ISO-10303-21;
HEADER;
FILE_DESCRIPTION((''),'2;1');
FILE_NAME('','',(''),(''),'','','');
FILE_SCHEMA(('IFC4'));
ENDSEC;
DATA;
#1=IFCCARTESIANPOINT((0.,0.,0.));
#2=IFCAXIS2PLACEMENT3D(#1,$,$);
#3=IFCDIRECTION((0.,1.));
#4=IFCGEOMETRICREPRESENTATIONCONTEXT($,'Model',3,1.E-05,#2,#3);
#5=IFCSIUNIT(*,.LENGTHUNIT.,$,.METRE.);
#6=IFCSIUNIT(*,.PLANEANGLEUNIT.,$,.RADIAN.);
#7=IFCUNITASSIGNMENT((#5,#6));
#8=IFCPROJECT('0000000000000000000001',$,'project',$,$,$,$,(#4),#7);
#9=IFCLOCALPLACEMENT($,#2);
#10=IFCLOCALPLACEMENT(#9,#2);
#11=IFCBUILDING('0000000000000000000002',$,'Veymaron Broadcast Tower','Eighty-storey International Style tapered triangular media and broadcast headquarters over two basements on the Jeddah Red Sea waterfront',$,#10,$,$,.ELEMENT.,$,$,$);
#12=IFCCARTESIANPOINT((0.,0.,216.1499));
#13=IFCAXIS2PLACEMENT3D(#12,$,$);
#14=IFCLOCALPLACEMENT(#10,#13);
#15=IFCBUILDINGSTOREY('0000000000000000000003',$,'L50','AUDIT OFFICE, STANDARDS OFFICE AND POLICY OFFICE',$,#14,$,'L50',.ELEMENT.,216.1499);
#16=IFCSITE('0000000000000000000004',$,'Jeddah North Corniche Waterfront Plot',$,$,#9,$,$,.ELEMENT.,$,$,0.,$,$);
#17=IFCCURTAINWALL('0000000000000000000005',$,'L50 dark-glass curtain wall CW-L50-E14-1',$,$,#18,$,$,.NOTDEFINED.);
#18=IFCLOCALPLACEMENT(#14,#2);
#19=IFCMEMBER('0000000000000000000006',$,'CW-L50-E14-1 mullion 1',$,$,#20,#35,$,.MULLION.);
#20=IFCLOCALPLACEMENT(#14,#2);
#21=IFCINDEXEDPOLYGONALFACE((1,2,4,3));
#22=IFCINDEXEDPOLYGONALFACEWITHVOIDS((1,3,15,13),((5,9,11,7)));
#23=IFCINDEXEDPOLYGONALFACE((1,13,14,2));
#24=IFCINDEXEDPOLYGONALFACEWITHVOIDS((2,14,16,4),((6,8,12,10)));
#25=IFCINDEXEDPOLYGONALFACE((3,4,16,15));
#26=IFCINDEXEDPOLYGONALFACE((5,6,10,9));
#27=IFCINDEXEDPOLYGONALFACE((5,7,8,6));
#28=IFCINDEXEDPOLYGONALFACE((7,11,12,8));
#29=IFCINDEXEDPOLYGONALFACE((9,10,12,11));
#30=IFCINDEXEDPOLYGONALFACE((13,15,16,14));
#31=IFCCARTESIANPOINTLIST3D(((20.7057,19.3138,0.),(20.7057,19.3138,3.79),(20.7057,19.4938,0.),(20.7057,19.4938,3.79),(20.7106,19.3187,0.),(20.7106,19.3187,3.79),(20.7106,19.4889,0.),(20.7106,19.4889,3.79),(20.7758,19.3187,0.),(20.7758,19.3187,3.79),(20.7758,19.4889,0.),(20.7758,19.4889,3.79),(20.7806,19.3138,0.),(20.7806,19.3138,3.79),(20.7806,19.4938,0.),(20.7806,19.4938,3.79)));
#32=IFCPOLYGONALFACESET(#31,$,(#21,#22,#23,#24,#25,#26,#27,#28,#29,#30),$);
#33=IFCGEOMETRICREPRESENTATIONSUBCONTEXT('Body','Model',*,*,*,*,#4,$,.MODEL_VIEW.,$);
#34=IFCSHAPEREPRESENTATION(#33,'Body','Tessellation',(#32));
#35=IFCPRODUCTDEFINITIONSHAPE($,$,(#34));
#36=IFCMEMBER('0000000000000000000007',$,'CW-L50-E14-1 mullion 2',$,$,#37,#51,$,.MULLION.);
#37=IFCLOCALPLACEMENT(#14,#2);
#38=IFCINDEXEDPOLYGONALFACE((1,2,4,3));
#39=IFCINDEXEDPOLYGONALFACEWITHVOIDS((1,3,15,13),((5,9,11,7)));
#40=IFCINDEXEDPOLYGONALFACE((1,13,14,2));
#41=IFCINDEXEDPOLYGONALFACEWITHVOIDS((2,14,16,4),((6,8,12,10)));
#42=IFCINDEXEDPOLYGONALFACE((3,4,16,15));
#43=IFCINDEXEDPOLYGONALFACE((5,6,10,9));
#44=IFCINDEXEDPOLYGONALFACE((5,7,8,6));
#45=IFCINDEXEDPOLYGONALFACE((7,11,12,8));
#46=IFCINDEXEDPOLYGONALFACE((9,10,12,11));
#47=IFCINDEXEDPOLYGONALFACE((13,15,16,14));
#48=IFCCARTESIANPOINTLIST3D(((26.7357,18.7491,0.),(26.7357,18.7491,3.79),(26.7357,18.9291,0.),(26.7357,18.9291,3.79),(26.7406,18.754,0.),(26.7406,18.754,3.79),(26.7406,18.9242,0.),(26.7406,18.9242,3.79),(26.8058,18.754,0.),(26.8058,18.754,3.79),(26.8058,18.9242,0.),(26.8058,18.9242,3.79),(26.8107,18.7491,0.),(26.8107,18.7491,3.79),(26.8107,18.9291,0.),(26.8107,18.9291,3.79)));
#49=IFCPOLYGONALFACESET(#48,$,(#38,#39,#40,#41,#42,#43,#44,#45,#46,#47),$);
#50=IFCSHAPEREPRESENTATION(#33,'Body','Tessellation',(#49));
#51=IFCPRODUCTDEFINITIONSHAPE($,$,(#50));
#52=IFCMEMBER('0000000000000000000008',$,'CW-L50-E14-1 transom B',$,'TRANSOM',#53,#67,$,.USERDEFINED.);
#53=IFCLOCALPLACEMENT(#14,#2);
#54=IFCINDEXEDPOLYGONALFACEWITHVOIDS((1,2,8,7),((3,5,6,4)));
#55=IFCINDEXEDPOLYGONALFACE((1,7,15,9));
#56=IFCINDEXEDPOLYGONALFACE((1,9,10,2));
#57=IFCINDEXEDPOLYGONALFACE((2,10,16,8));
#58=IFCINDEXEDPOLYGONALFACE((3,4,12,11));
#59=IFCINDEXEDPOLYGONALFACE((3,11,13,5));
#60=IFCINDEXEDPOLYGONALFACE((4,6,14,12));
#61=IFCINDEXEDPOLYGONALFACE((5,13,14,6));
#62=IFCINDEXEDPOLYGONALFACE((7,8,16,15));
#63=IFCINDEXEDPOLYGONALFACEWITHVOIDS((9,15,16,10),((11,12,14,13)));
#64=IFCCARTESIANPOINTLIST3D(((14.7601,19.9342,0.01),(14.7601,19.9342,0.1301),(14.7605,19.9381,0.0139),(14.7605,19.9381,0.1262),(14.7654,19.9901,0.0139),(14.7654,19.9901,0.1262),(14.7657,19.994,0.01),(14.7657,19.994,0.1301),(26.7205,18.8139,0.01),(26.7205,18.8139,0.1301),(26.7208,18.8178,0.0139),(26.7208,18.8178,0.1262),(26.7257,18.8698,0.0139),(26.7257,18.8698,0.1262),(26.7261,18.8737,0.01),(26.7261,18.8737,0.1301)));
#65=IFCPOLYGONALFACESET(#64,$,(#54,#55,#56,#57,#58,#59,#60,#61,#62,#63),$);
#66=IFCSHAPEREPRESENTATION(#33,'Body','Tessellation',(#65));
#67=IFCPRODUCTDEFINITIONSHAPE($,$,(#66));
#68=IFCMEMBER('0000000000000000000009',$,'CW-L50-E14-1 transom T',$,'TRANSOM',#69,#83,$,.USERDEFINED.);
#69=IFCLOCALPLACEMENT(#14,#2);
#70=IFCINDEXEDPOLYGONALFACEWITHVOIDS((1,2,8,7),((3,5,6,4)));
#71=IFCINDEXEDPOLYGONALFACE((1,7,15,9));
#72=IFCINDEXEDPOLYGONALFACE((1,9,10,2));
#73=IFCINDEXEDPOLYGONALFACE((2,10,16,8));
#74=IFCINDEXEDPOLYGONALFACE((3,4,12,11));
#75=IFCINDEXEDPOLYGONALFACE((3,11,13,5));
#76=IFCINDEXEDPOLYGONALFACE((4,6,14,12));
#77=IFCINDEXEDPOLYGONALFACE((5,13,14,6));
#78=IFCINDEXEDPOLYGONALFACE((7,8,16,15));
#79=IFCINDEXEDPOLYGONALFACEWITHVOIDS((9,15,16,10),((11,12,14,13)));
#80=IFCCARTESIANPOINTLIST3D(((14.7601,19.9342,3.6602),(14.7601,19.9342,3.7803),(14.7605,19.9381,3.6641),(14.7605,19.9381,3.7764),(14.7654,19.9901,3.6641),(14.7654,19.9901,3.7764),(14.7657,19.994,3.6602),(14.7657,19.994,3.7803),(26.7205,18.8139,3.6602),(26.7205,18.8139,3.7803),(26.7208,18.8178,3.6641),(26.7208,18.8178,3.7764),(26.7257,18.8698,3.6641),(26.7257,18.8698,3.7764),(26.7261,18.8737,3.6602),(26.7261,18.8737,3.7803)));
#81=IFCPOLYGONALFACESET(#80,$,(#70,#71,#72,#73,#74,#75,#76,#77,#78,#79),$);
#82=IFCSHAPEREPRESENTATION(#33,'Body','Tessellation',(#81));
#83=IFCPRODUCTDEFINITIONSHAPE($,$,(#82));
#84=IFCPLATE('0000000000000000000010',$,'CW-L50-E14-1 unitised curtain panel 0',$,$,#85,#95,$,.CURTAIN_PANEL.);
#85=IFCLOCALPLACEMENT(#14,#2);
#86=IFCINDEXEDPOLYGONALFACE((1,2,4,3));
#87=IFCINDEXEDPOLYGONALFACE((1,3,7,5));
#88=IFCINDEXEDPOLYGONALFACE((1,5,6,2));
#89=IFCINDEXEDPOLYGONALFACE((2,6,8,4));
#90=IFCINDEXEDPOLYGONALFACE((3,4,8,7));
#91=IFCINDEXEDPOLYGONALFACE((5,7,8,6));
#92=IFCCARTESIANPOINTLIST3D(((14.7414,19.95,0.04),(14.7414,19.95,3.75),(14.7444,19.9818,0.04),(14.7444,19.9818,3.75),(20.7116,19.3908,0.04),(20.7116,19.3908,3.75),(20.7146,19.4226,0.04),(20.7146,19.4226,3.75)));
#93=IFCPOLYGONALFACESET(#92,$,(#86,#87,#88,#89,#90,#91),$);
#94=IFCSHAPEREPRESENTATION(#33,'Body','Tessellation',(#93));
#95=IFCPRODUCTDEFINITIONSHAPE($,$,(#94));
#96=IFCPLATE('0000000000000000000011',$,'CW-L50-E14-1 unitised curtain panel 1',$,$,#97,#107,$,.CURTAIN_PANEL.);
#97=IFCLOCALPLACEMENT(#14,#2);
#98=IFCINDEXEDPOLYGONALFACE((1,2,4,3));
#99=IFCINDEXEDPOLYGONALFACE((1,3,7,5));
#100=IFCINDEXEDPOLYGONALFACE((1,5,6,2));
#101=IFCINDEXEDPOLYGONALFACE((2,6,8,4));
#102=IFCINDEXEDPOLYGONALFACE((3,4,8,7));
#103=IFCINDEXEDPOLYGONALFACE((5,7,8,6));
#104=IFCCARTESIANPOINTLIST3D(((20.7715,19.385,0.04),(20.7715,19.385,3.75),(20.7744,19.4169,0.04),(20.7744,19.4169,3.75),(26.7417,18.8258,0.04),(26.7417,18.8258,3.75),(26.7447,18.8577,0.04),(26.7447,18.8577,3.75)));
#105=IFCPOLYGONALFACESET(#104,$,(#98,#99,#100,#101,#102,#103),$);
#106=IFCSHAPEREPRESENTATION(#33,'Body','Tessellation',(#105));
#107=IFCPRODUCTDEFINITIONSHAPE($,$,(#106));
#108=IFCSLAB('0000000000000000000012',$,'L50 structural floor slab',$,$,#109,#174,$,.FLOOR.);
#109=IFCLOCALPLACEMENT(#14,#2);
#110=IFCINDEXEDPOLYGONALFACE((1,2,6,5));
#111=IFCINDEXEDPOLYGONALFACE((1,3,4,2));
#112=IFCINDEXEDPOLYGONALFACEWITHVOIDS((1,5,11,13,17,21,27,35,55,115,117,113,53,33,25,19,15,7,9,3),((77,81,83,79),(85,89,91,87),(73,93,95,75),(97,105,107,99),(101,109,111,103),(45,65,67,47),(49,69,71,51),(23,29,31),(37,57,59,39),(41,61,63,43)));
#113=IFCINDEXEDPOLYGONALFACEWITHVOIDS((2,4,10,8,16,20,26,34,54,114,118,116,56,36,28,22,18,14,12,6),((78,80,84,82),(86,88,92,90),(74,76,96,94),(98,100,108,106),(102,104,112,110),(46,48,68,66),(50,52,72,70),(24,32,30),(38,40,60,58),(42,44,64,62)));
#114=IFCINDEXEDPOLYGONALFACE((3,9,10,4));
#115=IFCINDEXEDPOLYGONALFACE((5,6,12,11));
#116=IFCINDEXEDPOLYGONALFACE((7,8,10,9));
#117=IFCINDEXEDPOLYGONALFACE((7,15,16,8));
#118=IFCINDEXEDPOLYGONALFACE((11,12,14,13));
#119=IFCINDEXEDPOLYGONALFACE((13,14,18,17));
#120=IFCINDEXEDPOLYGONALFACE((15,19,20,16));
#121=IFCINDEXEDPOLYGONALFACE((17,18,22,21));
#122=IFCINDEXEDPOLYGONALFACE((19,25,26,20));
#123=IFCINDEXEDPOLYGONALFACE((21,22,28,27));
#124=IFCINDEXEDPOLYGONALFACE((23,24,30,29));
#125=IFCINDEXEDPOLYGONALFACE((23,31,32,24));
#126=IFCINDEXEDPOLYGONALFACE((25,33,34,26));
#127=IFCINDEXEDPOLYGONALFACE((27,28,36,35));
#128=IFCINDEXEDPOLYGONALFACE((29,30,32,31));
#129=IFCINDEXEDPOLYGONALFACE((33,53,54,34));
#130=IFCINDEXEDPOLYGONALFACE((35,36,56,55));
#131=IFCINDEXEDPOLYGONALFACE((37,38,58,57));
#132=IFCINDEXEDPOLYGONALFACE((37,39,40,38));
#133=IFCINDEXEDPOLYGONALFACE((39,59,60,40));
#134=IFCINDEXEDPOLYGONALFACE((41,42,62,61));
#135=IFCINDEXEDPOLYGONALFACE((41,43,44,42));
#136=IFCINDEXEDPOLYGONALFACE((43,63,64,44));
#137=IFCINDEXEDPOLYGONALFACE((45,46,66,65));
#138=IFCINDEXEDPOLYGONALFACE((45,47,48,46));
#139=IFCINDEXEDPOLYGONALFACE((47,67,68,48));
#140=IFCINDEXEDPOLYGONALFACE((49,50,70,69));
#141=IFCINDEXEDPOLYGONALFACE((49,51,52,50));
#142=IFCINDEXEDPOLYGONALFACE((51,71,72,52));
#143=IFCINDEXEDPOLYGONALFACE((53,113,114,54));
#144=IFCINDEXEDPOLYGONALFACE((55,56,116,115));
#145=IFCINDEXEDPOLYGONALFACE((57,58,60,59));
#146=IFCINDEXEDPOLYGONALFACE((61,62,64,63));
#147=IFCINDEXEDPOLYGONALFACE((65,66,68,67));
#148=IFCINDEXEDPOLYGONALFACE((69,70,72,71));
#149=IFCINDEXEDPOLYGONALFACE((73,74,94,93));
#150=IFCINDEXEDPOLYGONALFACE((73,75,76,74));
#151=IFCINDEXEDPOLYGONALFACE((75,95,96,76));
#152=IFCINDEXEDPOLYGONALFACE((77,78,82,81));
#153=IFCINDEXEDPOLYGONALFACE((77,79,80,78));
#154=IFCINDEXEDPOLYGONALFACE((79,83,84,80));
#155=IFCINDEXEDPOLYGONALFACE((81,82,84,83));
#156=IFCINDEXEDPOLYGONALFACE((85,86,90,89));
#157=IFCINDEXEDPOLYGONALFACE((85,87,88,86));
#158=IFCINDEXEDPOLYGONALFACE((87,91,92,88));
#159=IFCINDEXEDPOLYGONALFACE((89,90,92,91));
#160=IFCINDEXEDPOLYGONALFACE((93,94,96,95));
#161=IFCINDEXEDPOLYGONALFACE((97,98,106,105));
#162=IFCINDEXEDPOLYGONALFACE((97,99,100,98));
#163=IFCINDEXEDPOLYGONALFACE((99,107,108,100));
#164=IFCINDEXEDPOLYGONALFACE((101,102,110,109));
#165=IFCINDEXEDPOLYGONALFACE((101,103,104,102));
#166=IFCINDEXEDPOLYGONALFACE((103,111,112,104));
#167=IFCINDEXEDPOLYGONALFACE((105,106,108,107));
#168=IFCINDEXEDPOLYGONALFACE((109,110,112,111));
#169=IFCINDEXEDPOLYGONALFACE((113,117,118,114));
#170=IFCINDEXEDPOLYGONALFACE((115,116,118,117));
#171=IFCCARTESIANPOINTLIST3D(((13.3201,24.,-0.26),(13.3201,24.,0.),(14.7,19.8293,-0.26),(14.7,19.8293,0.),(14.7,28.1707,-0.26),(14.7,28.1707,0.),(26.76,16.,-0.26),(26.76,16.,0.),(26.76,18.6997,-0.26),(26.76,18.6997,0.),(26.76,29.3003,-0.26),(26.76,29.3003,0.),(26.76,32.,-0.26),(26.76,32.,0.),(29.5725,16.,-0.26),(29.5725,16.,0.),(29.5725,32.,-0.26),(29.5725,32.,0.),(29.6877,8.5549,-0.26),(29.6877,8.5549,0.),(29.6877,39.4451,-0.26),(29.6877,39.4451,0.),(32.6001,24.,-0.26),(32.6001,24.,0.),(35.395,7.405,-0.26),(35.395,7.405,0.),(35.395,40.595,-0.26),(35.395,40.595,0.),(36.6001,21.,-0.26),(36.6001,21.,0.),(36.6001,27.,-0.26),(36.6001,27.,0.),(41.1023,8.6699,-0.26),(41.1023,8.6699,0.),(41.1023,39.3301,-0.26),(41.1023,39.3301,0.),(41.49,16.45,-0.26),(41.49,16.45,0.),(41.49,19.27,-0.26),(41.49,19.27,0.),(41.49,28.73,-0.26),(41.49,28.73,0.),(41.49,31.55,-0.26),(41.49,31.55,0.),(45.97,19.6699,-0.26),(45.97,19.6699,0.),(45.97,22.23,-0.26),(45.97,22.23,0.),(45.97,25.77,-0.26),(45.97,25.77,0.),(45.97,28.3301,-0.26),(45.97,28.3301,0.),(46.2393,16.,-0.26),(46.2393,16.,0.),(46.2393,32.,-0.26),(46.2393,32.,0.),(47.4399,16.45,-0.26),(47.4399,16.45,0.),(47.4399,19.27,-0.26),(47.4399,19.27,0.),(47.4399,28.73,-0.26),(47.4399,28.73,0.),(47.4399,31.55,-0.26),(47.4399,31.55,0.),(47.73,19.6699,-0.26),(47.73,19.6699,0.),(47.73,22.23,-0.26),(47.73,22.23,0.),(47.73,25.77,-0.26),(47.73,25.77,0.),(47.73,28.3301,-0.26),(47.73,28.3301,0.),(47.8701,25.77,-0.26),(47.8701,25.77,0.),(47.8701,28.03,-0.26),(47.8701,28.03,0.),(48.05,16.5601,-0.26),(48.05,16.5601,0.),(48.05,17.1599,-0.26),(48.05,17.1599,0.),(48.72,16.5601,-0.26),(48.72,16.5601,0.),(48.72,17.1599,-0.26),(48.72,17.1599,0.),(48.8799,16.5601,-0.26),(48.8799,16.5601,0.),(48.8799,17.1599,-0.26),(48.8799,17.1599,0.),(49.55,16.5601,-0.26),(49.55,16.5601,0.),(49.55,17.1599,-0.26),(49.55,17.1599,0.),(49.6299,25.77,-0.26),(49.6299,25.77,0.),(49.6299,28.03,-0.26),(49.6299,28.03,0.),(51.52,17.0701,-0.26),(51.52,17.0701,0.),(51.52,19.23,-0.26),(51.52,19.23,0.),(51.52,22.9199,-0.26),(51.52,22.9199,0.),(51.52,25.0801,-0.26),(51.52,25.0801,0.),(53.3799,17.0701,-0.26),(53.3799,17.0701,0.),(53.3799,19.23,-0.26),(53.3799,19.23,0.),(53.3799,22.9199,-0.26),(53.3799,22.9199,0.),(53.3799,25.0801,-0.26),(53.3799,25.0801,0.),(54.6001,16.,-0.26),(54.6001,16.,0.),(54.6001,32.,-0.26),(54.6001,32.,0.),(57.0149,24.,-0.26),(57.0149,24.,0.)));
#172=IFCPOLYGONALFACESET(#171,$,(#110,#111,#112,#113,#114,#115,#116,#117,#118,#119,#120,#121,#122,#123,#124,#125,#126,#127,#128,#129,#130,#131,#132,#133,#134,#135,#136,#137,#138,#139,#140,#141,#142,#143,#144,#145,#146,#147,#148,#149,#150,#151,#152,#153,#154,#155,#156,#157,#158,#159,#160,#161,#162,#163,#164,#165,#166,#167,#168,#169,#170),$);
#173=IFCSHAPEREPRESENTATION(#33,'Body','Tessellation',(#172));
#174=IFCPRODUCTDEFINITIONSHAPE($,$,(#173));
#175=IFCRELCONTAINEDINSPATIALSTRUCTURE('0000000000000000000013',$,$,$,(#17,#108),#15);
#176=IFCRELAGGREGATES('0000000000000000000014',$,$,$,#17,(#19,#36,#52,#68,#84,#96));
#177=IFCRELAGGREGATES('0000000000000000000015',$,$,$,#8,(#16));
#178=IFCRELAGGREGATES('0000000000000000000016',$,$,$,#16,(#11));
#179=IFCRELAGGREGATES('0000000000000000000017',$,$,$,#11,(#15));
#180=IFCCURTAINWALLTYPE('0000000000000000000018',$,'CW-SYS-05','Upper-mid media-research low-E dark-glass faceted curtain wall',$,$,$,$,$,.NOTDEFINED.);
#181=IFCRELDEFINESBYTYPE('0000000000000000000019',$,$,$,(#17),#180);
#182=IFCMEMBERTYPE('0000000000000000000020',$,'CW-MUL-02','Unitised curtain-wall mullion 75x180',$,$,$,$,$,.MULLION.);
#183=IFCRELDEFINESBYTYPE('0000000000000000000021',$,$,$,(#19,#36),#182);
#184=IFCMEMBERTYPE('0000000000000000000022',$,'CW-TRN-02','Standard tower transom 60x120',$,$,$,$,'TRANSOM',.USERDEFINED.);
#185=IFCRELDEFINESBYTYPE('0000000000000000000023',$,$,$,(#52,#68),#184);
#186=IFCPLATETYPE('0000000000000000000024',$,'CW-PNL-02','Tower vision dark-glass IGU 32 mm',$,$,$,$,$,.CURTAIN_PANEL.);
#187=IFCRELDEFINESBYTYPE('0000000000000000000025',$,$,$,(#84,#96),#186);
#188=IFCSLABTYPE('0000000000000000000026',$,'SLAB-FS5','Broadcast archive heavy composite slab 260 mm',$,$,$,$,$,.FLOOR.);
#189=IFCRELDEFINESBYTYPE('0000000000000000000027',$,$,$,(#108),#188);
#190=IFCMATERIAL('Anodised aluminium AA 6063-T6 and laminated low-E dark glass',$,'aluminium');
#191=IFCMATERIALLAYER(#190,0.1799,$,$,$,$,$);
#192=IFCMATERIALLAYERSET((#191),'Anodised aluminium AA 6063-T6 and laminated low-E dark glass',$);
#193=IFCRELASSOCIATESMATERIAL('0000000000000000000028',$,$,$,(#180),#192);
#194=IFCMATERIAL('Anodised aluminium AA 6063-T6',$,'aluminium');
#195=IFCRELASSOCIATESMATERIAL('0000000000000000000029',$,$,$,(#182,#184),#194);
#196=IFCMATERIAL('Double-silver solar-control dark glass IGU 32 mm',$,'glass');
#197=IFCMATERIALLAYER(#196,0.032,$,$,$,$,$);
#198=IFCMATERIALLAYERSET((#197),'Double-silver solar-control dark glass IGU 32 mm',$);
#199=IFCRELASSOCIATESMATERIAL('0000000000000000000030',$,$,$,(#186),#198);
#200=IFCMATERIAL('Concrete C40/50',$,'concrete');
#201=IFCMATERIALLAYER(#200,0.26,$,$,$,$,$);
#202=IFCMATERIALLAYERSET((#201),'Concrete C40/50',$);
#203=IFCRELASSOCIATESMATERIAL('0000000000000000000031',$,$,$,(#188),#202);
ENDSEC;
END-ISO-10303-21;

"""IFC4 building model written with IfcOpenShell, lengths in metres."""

from ifc_helpers import new_model, si_unit, direction, frame, origin, origin_2d, place, context, subcontext, project, spatial, polyline, rectangle, hollow_rectangle, outline, extrude, material, layer, layer_set, material_profile, profile_set, type_object, element, aggregate, save


model = new_model("IFC4")

# Units and contexts
model_context = context("Model", 3, precision=1e-05, world=origin(), true_north=direction((0.0, 1.0)))
body_context = subcontext(model_context, "Body", "Model", "MODEL_VIEW")
ifc_project = project(units=[si_unit("LENGTHUNIT", "METRE"), si_unit("PLANEANGLEUNIT", "RADIAN")], contexts=[model_context])

# Site, building, storey
site_placement = place(None, origin())
site = spatial("IfcSite", under=ifc_project, at=site_placement, Name="Jeddah North Corniche Waterfront Plot", CompositionType="ELEMENT", RefElevation=0.0)
building_placement = place(site_placement, origin())
building = spatial("IfcBuilding", under=site, at=building_placement, Name="Veymaron Broadcast Tower", Description="Eighty-storey International Style tapered triangular media and broadcast headquarters over two basements on the Jeddah Red Sea waterfront", CompositionType="ELEMENT")
storey_placement = place(building_placement, frame((0.0, 0.0, 216.1499)))
storey = spatial("IfcBuildingStorey", under=building, at=storey_placement, Name="L50", Description="AUDIT OFFICE, STANDARDS OFFICE AND POLICY OFFICE", LongName="L50", CompositionType="ELEMENT", Elevation=216.1499)

# Curtain wall, members, plates
ifc_material_1 = material(Name="Anodised aluminium AA 6063-T6 and laminated low-E dark glass", Category="aluminium")
ifc_layer_1 = layer(ifc_material_1, 0.1799)
ifc_layer_set_1 = layer_set([ifc_layer_1], Name="Anodised aluminium AA 6063-T6 and laminated low-E dark glass")
curtain_wall_type = type_object("IfcCurtainWallType", Name="CW-SYS-05", Description="Upper-mid media-research low-E dark-glass faceted curtain wall", PredefinedType="NOTDEFINED", material=ifc_layer_set_1)
curtain_wall_placement = place(storey_placement, origin())
curtain_wall = element("IfcCurtainWall", 1, at=curtain_wall_placement, inside=storey, type_object=curtain_wall_type, Name="L50 dark-glass curtain wall CW-L50-E14-1", PredefinedType="NOTDEFINED")
ifc_material_2 = material(Name="Anodised aluminium AA 6063-T6", Category="aluminium")
ifc_material_profile_1 = material_profile(ifc_material_2, hollow_rectangle(XDim=0.075, YDim=0.1799, WallThickness=0.0049, at=origin_2d()), Name="AL180X75X5")
ifc_profile_set_1 = profile_set([ifc_material_profile_1], Name="Anodised aluminium AA 6063-T6")
member_type_1 = type_object("IfcMemberType", Name="CW-MUL-02", Description="Unitised curtain-wall mullion 75x180", PredefinedType="MULLION", material=ifc_profile_set_1)
member_1_placement = place(storey_placement, frame((20.7432, 19.4038, 0.0), z_axis=(0.0, 0.0, 1.0), x_axis=(1.0, 0.0, 0.0)))
member_1 = element("IfcMember", 2, at=member_1_placement, type_object=member_type_1, Name="CW-L50-E14-1 mullion 1", PredefinedType="MULLION", context=body_context, shape_type="SweptSolid", body=[
    extrude(hollow_rectangle(XDim=0.075, YDim=0.1799, WallThickness=0.0049, at=origin_2d()), origin(), (0.0, 0.0, 1.0), 3.79),
])
member_2_placement = place(storey_placement, frame((26.7732, 18.8391, 0.0), z_axis=(0.0, 0.0, 1.0), x_axis=(1.0, 0.0, 0.0)))
member_2 = element("IfcMember", 3, at=member_2_placement, type_object=member_type_1, Name="CW-L50-E14-1 mullion 2", PredefinedType="MULLION", context=body_context, shape_type="SweptSolid", body=[
    extrude(hollow_rectangle(XDim=0.075, YDim=0.1799, WallThickness=0.0049, at=origin_2d()), origin(), (0.0, 0.0, 1.0), 3.79),
])
ifc_material_profile_2 = material_profile(ifc_material_2, hollow_rectangle(XDim=0.0601, YDim=0.1201, WallThickness=0.0039, at=origin_2d()), Name="AL120X60X4")
ifc_profile_set_2 = profile_set([ifc_material_profile_2], Name="Anodised aluminium AA 6063-T6")
member_type_2 = type_object("IfcMemberType", Name="CW-TRN-02", Description="Standard tower transom 60x120", ElementType="TRANSOM", PredefinedType="USERDEFINED", material=ifc_profile_set_2)
member_3_placement = place(storey_placement, frame((14.7629, 19.9641, 0.0701), z_axis=(0.995641, -0.093264, 0.0), x_axis=(0.093264, 0.995641, 0.0)))
member_3 = element("IfcMember", 4, at=member_3_placement, type_object=member_type_2, Name="CW-L50-E14-1 transom B", ObjectType="TRANSOM", PredefinedType="USERDEFINED", context=body_context, shape_type="SweptSolid", body=[
    extrude(hollow_rectangle(XDim=0.0601, YDim=0.1201, WallThickness=0.0039, at=origin_2d()), origin(), (0.0, 0.0, 1.0), 12.0127),
])
member_4_placement = place(storey_placement, frame((14.7629, 19.9641, 3.7202), z_axis=(0.995641, -0.093264, 0.0), x_axis=(0.093264, 0.995641, 0.0)))
member_4 = element("IfcMember", 5, at=member_4_placement, type_object=member_type_2, Name="CW-L50-E14-1 transom T", ObjectType="TRANSOM", PredefinedType="USERDEFINED", context=body_context, shape_type="SweptSolid", body=[
    extrude(hollow_rectangle(XDim=0.0601, YDim=0.1201, WallThickness=0.0039, at=origin_2d()), origin(), (0.0, 0.0, 1.0), 12.0127),
])
ifc_material_3 = material(Name="Double-silver solar-control dark glass IGU 32 mm", Category="glass")
ifc_layer_2 = layer(ifc_material_3, 0.032)
ifc_layer_set_2 = layer_set([ifc_layer_2], Name="Double-silver solar-control dark glass IGU 32 mm")
plate_type = type_object("IfcPlateType", Name="CW-PNL-02", Description="Tower vision dark-glass IGU 32 mm", PredefinedType="CURTAIN_PANEL", material=ifc_layer_set_2)
plate_1_placement = place(storey_placement, frame((17.728, 19.6863, 0.04), z_axis=(0.0, 0.0, 1.0), x_axis=(0.995642, -0.093257, 0.0)))
plate_1 = element("IfcPlate", 6, at=plate_1_placement, type_object=plate_type, Name="CW-L50-E14-1 unitised curtain panel 0", PredefinedType="CURTAIN_PANEL", context=body_context, shape_type="SweptSolid", body=[
    extrude(rectangle(XDim=5.9963, YDim=0.032, at=origin_2d()), origin(), (0.0, 0.0, 1.0), 3.71),
])
plate_2_placement = place(storey_placement, frame((23.7581, 19.1213, 0.04), z_axis=(0.0, 0.0, 1.0), x_axis=(0.995642, -0.093257, 0.0)))
plate_2 = element("IfcPlate", 7, at=plate_2_placement, type_object=plate_type, Name="CW-L50-E14-1 unitised curtain panel 1", PredefinedType="CURTAIN_PANEL", context=body_context, shape_type="SweptSolid", body=[
    extrude(rectangle(XDim=5.9963, YDim=0.032, at=origin_2d()), origin(), (0.0, 0.0, 1.0), 3.71),
])
aggregate(curtain_wall, [member_1, member_2, member_3, member_4, plate_1, plate_2])

# Slab
ifc_material_4 = material(Name="Concrete C40/50", Category="concrete")
ifc_layer_3 = layer(ifc_material_4, 0.26)
ifc_layer_set_3 = layer_set([ifc_layer_3], Name="Concrete C40/50")
slab_type_1 = type_object("IfcSlabType", Name="SLAB-FS5", Description="Broadcast archive heavy composite slab 260 mm", PredefinedType="FLOOR", material=ifc_layer_set_3)
slab_1_placement = place(storey_placement, frame((0.0, 0.0, -0.26)))
element("IfcSlab", 8, at=slab_1_placement, inside=storey, type_object=slab_type_1, Name="L50 structural floor slab", PredefinedType="FLOOR", context=body_context, shape_type="SweptSolid", body=[
    extrude(outline(polyline([(46.2393, 16.0), (54.6001, 16.0), (57.0149, 24.0), (54.6001, 32.0), (46.2393, 32.0), (41.1023, 39.3301), (35.395, 40.595), (29.6877, 39.4451), (29.5725, 32.0), (26.76, 32.0), (26.76, 29.3003), (14.7, 28.1707), (13.3201, 24.0), (14.7, 19.8293), (26.76, 18.6997), (26.76, 16.0), (29.5725, 16.0), (29.6877, 8.5549), (35.395, 7.405), (41.1023, 8.6699), (46.2393, 16.0)]), holes=[polyline([(45.97, 28.3301), (47.73, 28.3301), (47.73, 25.77), (45.97, 25.77), (45.97, 28.3301)]), polyline([(45.97, 22.23), (47.73, 22.23), (47.73, 19.6699), (45.97, 19.6699), (45.97, 22.23)]), polyline([(47.8701, 28.03), (49.6299, 28.03), (49.6299, 25.77), (47.8701, 25.77), (47.8701, 28.03)]), polyline([(51.52, 25.0801), (53.3799, 25.0801), (53.3799, 22.9199), (51.52, 22.9199), (51.52, 25.0801)]), polyline([(51.52, 19.23), (53.3799, 19.23), (53.3799, 17.0701), (51.52, 17.0701), (51.52, 19.23)]), polyline([(48.05, 17.1599), (48.72, 17.1599), (48.72, 16.5601), (48.05, 16.5601), (48.05, 17.1599)]), polyline([(48.8799, 17.1599), (49.55, 17.1599), (49.55, 16.5601), (48.8799, 16.5601), (48.8799, 17.1599)]), polyline([(36.6001, 27.0), (36.6001, 21.0), (32.6001, 24.0), (36.6001, 27.0)]), polyline([(41.49, 31.55), (47.4399, 31.55), (47.4399, 28.73), (41.49, 28.73), (41.49, 31.55)]), polyline([(41.49, 19.27), (47.4399, 19.27), (47.4399, 16.45), (41.49, 16.45), (41.49, 19.27)])]), origin(), (0.0, 0.0, 1.0), 0.26),
])

save(model, "model.ifc")
